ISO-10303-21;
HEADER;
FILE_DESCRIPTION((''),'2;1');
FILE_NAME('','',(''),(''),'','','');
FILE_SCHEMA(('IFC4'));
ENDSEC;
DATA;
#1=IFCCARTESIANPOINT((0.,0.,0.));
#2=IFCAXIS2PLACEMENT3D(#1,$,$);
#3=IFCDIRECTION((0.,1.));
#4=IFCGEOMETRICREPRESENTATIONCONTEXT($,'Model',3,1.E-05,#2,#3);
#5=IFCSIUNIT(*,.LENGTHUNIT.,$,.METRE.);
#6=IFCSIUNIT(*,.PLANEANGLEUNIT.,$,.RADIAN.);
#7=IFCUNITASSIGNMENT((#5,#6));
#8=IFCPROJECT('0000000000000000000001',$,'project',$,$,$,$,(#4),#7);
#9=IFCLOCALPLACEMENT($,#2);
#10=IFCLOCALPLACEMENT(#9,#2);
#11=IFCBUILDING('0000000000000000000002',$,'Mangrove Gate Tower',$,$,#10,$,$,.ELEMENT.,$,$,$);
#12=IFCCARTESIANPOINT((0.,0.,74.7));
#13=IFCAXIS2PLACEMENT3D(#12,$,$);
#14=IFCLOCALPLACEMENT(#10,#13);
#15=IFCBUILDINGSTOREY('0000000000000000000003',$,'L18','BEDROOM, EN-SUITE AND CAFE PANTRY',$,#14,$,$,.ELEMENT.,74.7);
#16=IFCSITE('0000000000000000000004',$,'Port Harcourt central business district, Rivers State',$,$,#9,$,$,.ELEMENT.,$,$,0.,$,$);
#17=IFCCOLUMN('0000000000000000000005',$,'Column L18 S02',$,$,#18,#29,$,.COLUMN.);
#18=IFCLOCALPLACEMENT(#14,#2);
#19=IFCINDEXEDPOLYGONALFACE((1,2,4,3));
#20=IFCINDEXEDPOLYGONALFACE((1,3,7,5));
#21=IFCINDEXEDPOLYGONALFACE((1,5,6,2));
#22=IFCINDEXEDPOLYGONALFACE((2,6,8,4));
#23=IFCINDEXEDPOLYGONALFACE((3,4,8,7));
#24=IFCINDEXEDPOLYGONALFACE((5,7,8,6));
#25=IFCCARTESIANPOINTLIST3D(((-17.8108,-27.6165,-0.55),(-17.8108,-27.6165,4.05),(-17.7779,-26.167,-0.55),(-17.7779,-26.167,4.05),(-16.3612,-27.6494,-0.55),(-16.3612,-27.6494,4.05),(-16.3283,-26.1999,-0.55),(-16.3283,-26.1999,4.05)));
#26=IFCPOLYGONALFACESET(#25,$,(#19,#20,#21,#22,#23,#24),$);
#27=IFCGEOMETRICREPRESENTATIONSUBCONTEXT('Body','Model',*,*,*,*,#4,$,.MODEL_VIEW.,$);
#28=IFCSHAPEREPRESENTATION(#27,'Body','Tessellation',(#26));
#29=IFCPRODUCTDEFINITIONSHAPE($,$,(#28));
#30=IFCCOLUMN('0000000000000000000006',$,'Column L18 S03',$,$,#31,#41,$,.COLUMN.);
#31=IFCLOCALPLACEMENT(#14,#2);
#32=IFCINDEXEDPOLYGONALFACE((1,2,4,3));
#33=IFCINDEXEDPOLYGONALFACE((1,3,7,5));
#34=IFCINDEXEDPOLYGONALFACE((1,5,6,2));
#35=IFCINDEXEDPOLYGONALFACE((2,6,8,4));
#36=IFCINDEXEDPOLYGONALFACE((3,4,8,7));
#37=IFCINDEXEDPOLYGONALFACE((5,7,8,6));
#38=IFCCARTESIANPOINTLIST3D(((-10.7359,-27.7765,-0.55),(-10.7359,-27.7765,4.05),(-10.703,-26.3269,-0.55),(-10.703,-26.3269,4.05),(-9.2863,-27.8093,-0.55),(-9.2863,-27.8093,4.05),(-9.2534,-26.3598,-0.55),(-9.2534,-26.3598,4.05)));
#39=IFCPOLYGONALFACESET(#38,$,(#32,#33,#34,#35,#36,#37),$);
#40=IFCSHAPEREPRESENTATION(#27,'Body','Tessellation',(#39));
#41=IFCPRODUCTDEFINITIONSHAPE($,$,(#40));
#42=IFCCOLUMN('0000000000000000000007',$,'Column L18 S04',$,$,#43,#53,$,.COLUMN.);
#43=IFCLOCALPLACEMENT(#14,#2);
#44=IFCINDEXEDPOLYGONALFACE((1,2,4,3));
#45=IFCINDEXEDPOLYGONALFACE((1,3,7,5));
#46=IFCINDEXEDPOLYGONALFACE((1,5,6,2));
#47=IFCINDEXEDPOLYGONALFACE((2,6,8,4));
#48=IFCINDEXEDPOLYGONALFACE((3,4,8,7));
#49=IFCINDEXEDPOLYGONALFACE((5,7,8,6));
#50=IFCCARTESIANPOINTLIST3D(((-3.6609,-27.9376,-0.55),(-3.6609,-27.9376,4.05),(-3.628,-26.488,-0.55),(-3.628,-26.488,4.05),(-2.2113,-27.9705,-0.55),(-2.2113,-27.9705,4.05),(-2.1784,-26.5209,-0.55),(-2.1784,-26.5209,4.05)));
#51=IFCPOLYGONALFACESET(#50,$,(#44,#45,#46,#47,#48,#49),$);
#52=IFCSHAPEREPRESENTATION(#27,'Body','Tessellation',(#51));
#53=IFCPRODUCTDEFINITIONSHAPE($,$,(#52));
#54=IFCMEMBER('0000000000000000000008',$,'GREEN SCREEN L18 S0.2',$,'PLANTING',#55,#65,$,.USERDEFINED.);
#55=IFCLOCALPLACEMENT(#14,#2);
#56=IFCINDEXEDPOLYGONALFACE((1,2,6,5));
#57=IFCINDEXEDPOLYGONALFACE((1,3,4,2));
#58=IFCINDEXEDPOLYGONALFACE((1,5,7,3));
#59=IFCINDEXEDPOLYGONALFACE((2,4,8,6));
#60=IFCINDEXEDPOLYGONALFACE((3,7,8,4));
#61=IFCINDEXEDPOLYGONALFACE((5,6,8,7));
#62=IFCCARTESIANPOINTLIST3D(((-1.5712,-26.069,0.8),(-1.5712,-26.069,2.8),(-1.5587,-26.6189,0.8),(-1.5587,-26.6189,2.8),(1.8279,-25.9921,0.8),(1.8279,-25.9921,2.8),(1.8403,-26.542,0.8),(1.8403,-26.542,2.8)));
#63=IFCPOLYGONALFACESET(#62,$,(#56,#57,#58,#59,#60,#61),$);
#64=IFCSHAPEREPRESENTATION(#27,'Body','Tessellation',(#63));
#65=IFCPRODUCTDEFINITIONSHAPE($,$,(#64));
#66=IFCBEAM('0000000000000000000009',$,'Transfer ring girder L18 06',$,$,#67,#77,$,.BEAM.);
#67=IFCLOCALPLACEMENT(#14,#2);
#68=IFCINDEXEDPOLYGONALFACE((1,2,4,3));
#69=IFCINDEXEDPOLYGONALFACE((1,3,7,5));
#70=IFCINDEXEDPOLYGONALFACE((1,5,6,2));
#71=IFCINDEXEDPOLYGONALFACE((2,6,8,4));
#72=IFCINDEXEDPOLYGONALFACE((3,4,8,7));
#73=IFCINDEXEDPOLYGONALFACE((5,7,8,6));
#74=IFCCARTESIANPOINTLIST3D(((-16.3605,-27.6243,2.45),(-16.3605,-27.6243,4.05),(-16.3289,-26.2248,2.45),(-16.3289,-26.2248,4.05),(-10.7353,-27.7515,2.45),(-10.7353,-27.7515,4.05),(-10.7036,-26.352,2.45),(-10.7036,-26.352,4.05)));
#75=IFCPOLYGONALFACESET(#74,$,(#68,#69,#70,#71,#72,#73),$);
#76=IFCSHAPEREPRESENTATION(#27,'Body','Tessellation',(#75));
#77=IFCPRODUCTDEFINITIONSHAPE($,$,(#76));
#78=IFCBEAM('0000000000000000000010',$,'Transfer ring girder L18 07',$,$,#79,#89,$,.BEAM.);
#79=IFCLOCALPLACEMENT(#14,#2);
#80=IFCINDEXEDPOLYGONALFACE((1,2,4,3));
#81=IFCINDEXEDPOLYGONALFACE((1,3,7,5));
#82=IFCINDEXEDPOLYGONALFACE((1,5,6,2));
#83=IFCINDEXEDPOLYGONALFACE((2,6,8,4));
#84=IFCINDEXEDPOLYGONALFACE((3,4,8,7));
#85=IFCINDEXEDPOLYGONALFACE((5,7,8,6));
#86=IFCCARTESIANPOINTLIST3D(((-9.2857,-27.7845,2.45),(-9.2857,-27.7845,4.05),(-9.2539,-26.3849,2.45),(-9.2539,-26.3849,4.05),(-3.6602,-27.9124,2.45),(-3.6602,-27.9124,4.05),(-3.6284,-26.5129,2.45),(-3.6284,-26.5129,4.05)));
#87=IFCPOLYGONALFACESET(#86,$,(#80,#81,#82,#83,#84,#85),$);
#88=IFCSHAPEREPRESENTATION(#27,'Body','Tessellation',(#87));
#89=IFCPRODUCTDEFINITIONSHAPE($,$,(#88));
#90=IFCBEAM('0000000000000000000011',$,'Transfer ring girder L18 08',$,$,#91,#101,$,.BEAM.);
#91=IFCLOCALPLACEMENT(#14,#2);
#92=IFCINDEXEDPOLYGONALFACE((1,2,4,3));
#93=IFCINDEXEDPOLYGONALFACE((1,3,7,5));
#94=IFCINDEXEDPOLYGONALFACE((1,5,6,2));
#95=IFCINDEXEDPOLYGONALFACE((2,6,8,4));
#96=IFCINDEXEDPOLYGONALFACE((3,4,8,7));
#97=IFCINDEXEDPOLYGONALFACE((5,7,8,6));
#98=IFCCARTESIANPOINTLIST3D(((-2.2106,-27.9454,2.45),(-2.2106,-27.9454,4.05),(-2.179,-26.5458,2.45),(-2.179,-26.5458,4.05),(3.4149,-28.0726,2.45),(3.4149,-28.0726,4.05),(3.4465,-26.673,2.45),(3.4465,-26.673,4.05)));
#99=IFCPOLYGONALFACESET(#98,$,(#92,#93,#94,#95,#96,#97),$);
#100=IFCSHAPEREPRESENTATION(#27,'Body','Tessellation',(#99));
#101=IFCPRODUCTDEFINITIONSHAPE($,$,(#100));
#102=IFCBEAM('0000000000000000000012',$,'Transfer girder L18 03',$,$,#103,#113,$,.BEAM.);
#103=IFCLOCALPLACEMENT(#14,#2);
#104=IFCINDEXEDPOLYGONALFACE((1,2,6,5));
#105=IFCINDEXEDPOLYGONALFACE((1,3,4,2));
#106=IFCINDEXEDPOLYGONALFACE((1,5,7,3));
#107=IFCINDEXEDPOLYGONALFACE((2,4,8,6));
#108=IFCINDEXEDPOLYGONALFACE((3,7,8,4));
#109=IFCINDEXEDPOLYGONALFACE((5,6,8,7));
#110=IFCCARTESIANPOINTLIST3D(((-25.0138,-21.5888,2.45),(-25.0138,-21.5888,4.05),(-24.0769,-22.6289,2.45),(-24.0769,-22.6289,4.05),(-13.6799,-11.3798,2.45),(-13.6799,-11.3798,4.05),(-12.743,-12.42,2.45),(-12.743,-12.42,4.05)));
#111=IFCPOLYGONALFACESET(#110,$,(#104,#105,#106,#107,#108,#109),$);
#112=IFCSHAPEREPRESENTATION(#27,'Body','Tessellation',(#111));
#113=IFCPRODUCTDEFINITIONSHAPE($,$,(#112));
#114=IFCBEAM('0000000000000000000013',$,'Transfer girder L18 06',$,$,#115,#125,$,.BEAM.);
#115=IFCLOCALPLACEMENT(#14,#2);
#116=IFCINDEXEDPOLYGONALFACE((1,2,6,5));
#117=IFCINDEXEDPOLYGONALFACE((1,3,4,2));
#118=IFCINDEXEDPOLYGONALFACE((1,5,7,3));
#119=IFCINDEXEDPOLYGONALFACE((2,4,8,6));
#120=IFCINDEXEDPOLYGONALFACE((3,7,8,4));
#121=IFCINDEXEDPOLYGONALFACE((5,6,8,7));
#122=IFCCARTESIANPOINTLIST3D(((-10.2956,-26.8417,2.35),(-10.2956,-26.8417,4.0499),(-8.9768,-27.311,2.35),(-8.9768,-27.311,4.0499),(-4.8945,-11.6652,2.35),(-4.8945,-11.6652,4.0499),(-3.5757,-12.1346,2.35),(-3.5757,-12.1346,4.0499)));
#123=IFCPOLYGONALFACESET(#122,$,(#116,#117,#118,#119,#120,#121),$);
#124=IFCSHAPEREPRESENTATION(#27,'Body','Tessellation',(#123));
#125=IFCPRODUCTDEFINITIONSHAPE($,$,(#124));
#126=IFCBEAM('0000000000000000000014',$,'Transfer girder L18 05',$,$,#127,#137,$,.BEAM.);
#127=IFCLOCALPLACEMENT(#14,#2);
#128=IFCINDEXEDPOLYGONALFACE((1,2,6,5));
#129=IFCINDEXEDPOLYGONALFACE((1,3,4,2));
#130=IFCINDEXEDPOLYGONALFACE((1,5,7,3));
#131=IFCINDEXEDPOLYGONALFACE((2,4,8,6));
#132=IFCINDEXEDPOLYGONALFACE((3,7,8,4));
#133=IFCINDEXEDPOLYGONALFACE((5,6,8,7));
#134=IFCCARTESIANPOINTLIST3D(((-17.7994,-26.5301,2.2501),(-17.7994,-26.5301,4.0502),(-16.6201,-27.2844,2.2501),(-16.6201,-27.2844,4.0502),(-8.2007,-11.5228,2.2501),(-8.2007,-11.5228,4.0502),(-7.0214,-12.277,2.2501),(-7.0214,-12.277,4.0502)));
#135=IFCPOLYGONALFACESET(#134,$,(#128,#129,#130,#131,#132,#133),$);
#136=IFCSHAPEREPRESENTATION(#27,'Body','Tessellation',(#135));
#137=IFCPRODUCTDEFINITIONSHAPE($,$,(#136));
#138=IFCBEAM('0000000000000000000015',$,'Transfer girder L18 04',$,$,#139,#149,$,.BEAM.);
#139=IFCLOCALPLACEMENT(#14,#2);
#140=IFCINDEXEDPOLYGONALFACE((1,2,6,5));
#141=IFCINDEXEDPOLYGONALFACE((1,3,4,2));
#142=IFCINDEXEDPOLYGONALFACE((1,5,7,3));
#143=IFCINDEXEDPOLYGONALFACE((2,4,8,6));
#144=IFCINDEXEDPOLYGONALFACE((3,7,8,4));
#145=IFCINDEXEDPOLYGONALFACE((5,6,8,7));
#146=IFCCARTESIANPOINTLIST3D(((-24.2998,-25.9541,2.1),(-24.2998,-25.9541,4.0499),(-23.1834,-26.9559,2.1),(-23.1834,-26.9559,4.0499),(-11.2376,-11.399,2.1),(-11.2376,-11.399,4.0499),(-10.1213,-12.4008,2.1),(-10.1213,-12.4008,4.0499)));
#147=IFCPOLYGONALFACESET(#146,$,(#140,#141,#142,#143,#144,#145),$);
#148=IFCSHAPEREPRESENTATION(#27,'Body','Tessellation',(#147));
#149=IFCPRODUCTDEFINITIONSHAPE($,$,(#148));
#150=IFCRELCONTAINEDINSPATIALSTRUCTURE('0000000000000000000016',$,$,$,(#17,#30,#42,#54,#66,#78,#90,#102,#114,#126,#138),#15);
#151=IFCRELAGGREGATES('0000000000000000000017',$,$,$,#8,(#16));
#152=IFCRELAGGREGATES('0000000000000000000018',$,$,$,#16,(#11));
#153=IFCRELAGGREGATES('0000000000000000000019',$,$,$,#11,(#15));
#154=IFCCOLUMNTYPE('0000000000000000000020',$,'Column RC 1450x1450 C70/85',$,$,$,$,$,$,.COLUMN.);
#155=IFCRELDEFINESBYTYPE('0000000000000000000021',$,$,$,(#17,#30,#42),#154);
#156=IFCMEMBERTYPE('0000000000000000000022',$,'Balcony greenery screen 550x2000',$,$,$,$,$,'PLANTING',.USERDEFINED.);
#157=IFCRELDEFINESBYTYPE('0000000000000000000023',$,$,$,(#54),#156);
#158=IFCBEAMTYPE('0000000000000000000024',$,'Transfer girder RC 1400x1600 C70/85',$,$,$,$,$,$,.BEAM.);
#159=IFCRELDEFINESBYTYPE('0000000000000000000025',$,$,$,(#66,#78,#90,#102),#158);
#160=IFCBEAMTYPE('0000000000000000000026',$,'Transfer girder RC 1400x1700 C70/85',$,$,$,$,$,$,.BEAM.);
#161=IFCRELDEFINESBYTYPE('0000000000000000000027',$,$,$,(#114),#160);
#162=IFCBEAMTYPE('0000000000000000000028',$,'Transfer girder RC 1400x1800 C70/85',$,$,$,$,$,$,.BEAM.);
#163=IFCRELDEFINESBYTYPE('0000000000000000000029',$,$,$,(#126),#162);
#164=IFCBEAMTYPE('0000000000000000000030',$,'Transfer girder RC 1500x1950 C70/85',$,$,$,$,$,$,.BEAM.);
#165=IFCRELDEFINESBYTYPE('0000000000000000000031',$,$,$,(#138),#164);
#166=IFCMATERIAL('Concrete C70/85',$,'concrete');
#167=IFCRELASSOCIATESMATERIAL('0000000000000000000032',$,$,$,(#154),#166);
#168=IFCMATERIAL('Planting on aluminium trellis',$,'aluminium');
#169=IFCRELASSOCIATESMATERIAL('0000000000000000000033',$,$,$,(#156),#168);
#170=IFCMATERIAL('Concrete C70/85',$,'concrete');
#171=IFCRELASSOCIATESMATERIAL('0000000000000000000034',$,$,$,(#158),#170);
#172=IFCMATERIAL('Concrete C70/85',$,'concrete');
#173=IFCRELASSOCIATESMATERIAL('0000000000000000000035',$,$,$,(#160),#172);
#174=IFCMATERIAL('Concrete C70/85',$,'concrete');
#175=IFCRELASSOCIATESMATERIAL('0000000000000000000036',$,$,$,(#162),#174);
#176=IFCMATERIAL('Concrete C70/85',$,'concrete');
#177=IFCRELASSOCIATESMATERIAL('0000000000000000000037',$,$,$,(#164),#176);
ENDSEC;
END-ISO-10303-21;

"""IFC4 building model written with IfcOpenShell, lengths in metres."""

from ifc_helpers import new_model, si_unit, direction, frame, origin, origin_2d, place, context, subcontext, project, spatial, rectangle, extrude, material, material_profile, profile_set, type_object, element, save


model = new_model("IFC4")

# Units and contexts
model_context = context("Model", 3, precision=1e-05, world=origin(), true_north=direction((0.0, 1.0)))
body_context = subcontext(model_context, "Body", "Model", "MODEL_VIEW")
ifc_project = project(units=[si_unit("LENGTHUNIT", "METRE"), si_unit("PLANEANGLEUNIT", "RADIAN")], contexts=[model_context])

# Site, building, storey
site_placement = place(None, origin())
site = spatial("IfcSite", under=ifc_project, at=site_placement, Name="Port Harcourt central business district, Rivers State", CompositionType="ELEMENT", RefElevation=0.0)
building_placement = place(site_placement, origin())
building = spatial("IfcBuilding", under=site, at=building_placement, Name="Mangrove Gate Tower", CompositionType="ELEMENT")
storey_placement = place(building_placement, frame((0.0, 0.0, 74.7)))
storey = spatial("IfcBuildingStorey", under=building, at=storey_placement, Name="L18", Description="BEDROOM, EN-SUITE AND CAFE PANTRY", CompositionType="ELEMENT", Elevation=74.7)

# Columns
ifc_material_1 = material(Name="Concrete C70/85", Category="concrete")
ifc_material_profile_1 = material_profile(ifc_material_1, rectangle(XDim=1.45, YDim=1.45, at=origin_2d()))
ifc_profile_set_1 = profile_set([ifc_material_profile_1], Name="Concrete C70/85")
column_type = type_object("IfcColumnType", Name="Column RC 1450x1450 C70/85", PredefinedType="COLUMN", material=ifc_profile_set_1)
for number, where, z_axis, x_axis, name in (
    (1, (-17.0696, -26.9082, -0.55), (0.0, 0.0, 1.0), (0.999743, -0.022681, 0.0), "Column L18 S02"),
    (2, (-9.9946, -27.0681, -0.55), (0.0, 0.0, 1.0), (0.999743, -0.02268, 0.0), "Column L18 S03"),
    (3, (-2.9197, -27.2292, -0.55), (0.0, 0.0, 1.0), (0.999743, -0.02268, 0.0), "Column L18 S04"),
):
    element("IfcColumn", number, at=place(storey_placement, frame(where, z_axis=z_axis, x_axis=x_axis)), inside=storey, type_object=column_type, Name=name, PredefinedType="COLUMN", context=body_context, shape_type="SweptSolid", body=[
        extrude(rectangle(XDim=1.45, YDim=1.45, at=origin_2d()), origin(), (0.0, 0.0, 1.0), 4.6001),
    ])

# Member
ifc_material_2 = material(Name="Planting on aluminium trellis", Category="aluminium")
ifc_material_profile_2 = material_profile(ifc_material_2, rectangle(XDim=0.55, YDim=2.0, at=origin_2d()))
ifc_profile_set_2 = profile_set([ifc_material_profile_2], Name="Planting on aluminium trellis")
member_type = type_object("IfcMemberType", Name="Balcony greenery screen 550x2000", ElementType="PLANTING", PredefinedType="USERDEFINED", material=ifc_profile_set_2)
member_placement = place(storey_placement, frame((-1.5649, -26.344, 1.8), z_axis=(0.999744, 0.02262, 0.0), x_axis=(-0.02262, 0.999744, 0.0)))
element("IfcMember", 4, at=member_placement, inside=storey, type_object=member_type, Name="GREEN SCREEN L18 S0.2", ObjectType="PLANTING", PredefinedType="USERDEFINED", context=body_context, shape_type="SweptSolid", body=[
    extrude(rectangle(XDim=0.55, YDim=2.0, at=origin_2d()), origin(), (0.0, 0.0, 1.0), 3.3999),
])

# Beams
ifc_material_3 = material(Name="Concrete C70/85", Category="concrete")
ifc_material_profile_3 = material_profile(ifc_material_3, rectangle(XDim=1.3999, YDim=1.6001, at=origin_2d()))
ifc_profile_set_3 = profile_set([ifc_material_profile_3], Name="Concrete C70/85")
beam_type_1 = type_object("IfcBeamType", Name="Transfer girder RC 1400x1600 C70/85", PredefinedType="BEAM", material=ifc_profile_set_3)
beam_1_placement = place(storey_placement, frame((-16.3447, -26.9246, 3.25), z_axis=(0.999744, -0.022606, 0.0), x_axis=(0.022606, 0.999744, 0.0)))
element("IfcBeam", 5, at=beam_1_placement, inside=storey, type_object=beam_type_1, Name="Transfer ring girder L18 06", PredefinedType="BEAM", context=body_context, shape_type="SweptSolid", body=[
    extrude(rectangle(XDim=1.3999, YDim=1.6001, at=origin_2d()), origin(), (0.0, 0.0, 1.0), 5.6267),
])
for number, where, z_axis, x_axis, name in (
    (6, (-9.2698, -27.0847, 3.25), (0.999742, -0.022735, 0.0), (0.022735, 0.999742, 0.0), "Transfer ring girder L18 07"),
    (7, (-2.1948, -27.2456, 3.25), (0.999744, -0.022605, 0.0), (0.022605, 0.999744, 0.0), "Transfer ring girder L18 08"),
):
    element("IfcBeam", number, at=place(storey_placement, frame(where, z_axis=z_axis, x_axis=x_axis)), inside=storey, type_object=beam_type_1, Name=name, PredefinedType="BEAM", context=body_context, shape_type="SweptSolid", body=[
        extrude(rectangle(XDim=1.3999, YDim=1.6001, at=origin_2d()), origin(), (0.0, 0.0, 1.0), 5.627),
    ])
beam_2_placement = place(storey_placement, frame((-13.2114, -11.8999, 3.25), z_axis=(-0.74302, -0.669269, 0.0), x_axis=(0.669269, -0.74302, 0.0)))
element("IfcBeam", 8, at=beam_2_placement, inside=storey, type_object=beam_type_1, Name="Transfer girder L18 03", PredefinedType="BEAM", context=body_context, shape_type="SweptSolid", body=[
    extrude(rectangle(XDim=1.3999, YDim=1.6001, at=origin_2d()), origin(), (0.0, 0.0, 1.0), 15.2539),
])
ifc_material_4 = material(Name="Concrete C70/85", Category="concrete")
ifc_material_profile_4 = material_profile(ifc_material_4, rectangle(XDim=1.3999, YDim=1.7, at=origin_2d()))
ifc_profile_set_4 = profile_set([ifc_material_profile_4], Name="Concrete C70/85")
beam_type_2 = type_object("IfcBeamType", Name="Transfer girder RC 1400x1700 C70/85", PredefinedType="BEAM", material=ifc_profile_set_4)
beam_3_placement = place(storey_placement, frame((-4.2351, -11.8999, 3.2), z_axis=(-0.335287, -0.942116, 0.0), x_axis=(0.942116, -0.335287, 0.0)))
element("IfcBeam", 9, at=beam_3_placement, inside=storey, type_object=beam_type_2, Name="Transfer girder L18 06", PredefinedType="BEAM", context=body_context, shape_type="SweptSolid", body=[
    extrude(rectangle(XDim=1.3999, YDim=1.7, at=origin_2d()), origin(), (0.0, 0.0, 1.0), 16.1089),
])
ifc_material_5 = material(Name="Concrete C70/85", Category="concrete")
ifc_material_profile_5 = material_profile(ifc_material_5, rectangle(XDim=1.3999, YDim=1.8, at=origin_2d()))
ifc_profile_set_5 = profile_set([ifc_material_profile_5], Name="Concrete C70/85")
beam_type_3 = type_object("IfcBeamType", Name="Transfer girder RC 1400x1800 C70/85", PredefinedType="BEAM", material=ifc_profile_set_5)
beam_4_placement = place(storey_placement, frame((-7.6111, -11.8999, 3.1501), z_axis=(-0.538813, -0.842426, 0.0), x_axis=(0.842426, -0.538813, 0.0)))
element("IfcBeam", 10, at=beam_4_placement, inside=storey, type_object=beam_type_3, Name="Transfer girder L18 05", PredefinedType="BEAM", context=body_context, shape_type="SweptSolid", body=[
    extrude(rectangle(XDim=1.3999, YDim=1.8, at=origin_2d()), origin(), (0.0, 0.0, 1.0), 17.8145),
])
ifc_material_6 = material(Name="Concrete C70/85", Category="concrete")
ifc_material_profile_6 = material_profile(ifc_material_6, rectangle(XDim=1.5, YDim=1.95, at=origin_2d()))
ifc_profile_set_6 = profile_set([ifc_material_profile_6], Name="Concrete C70/85")
beam_type_4 = type_object("IfcBeamType", Name="Transfer girder RC 1500x1950 C70/85", PredefinedType="BEAM", material=ifc_profile_set_6)
beam_5_placement = place(storey_placement, frame((-10.6794, -11.8999, 3.075), z_axis=(-0.667907, -0.744244, 0.0), x_axis=(0.744244, -0.667907, 0.0)))
element("IfcBeam", 11, at=beam_5_placement, inside=storey, type_object=beam_type_4, Name="Transfer girder L18 04", PredefinedType="BEAM", context=body_context, shape_type="SweptSolid", body=[
    extrude(rectangle(XDim=1.5, YDim=1.95, at=origin_2d()), origin(), (0.0, 0.0, 1.0), 19.5569),
])

save(model, "model.ifc")
